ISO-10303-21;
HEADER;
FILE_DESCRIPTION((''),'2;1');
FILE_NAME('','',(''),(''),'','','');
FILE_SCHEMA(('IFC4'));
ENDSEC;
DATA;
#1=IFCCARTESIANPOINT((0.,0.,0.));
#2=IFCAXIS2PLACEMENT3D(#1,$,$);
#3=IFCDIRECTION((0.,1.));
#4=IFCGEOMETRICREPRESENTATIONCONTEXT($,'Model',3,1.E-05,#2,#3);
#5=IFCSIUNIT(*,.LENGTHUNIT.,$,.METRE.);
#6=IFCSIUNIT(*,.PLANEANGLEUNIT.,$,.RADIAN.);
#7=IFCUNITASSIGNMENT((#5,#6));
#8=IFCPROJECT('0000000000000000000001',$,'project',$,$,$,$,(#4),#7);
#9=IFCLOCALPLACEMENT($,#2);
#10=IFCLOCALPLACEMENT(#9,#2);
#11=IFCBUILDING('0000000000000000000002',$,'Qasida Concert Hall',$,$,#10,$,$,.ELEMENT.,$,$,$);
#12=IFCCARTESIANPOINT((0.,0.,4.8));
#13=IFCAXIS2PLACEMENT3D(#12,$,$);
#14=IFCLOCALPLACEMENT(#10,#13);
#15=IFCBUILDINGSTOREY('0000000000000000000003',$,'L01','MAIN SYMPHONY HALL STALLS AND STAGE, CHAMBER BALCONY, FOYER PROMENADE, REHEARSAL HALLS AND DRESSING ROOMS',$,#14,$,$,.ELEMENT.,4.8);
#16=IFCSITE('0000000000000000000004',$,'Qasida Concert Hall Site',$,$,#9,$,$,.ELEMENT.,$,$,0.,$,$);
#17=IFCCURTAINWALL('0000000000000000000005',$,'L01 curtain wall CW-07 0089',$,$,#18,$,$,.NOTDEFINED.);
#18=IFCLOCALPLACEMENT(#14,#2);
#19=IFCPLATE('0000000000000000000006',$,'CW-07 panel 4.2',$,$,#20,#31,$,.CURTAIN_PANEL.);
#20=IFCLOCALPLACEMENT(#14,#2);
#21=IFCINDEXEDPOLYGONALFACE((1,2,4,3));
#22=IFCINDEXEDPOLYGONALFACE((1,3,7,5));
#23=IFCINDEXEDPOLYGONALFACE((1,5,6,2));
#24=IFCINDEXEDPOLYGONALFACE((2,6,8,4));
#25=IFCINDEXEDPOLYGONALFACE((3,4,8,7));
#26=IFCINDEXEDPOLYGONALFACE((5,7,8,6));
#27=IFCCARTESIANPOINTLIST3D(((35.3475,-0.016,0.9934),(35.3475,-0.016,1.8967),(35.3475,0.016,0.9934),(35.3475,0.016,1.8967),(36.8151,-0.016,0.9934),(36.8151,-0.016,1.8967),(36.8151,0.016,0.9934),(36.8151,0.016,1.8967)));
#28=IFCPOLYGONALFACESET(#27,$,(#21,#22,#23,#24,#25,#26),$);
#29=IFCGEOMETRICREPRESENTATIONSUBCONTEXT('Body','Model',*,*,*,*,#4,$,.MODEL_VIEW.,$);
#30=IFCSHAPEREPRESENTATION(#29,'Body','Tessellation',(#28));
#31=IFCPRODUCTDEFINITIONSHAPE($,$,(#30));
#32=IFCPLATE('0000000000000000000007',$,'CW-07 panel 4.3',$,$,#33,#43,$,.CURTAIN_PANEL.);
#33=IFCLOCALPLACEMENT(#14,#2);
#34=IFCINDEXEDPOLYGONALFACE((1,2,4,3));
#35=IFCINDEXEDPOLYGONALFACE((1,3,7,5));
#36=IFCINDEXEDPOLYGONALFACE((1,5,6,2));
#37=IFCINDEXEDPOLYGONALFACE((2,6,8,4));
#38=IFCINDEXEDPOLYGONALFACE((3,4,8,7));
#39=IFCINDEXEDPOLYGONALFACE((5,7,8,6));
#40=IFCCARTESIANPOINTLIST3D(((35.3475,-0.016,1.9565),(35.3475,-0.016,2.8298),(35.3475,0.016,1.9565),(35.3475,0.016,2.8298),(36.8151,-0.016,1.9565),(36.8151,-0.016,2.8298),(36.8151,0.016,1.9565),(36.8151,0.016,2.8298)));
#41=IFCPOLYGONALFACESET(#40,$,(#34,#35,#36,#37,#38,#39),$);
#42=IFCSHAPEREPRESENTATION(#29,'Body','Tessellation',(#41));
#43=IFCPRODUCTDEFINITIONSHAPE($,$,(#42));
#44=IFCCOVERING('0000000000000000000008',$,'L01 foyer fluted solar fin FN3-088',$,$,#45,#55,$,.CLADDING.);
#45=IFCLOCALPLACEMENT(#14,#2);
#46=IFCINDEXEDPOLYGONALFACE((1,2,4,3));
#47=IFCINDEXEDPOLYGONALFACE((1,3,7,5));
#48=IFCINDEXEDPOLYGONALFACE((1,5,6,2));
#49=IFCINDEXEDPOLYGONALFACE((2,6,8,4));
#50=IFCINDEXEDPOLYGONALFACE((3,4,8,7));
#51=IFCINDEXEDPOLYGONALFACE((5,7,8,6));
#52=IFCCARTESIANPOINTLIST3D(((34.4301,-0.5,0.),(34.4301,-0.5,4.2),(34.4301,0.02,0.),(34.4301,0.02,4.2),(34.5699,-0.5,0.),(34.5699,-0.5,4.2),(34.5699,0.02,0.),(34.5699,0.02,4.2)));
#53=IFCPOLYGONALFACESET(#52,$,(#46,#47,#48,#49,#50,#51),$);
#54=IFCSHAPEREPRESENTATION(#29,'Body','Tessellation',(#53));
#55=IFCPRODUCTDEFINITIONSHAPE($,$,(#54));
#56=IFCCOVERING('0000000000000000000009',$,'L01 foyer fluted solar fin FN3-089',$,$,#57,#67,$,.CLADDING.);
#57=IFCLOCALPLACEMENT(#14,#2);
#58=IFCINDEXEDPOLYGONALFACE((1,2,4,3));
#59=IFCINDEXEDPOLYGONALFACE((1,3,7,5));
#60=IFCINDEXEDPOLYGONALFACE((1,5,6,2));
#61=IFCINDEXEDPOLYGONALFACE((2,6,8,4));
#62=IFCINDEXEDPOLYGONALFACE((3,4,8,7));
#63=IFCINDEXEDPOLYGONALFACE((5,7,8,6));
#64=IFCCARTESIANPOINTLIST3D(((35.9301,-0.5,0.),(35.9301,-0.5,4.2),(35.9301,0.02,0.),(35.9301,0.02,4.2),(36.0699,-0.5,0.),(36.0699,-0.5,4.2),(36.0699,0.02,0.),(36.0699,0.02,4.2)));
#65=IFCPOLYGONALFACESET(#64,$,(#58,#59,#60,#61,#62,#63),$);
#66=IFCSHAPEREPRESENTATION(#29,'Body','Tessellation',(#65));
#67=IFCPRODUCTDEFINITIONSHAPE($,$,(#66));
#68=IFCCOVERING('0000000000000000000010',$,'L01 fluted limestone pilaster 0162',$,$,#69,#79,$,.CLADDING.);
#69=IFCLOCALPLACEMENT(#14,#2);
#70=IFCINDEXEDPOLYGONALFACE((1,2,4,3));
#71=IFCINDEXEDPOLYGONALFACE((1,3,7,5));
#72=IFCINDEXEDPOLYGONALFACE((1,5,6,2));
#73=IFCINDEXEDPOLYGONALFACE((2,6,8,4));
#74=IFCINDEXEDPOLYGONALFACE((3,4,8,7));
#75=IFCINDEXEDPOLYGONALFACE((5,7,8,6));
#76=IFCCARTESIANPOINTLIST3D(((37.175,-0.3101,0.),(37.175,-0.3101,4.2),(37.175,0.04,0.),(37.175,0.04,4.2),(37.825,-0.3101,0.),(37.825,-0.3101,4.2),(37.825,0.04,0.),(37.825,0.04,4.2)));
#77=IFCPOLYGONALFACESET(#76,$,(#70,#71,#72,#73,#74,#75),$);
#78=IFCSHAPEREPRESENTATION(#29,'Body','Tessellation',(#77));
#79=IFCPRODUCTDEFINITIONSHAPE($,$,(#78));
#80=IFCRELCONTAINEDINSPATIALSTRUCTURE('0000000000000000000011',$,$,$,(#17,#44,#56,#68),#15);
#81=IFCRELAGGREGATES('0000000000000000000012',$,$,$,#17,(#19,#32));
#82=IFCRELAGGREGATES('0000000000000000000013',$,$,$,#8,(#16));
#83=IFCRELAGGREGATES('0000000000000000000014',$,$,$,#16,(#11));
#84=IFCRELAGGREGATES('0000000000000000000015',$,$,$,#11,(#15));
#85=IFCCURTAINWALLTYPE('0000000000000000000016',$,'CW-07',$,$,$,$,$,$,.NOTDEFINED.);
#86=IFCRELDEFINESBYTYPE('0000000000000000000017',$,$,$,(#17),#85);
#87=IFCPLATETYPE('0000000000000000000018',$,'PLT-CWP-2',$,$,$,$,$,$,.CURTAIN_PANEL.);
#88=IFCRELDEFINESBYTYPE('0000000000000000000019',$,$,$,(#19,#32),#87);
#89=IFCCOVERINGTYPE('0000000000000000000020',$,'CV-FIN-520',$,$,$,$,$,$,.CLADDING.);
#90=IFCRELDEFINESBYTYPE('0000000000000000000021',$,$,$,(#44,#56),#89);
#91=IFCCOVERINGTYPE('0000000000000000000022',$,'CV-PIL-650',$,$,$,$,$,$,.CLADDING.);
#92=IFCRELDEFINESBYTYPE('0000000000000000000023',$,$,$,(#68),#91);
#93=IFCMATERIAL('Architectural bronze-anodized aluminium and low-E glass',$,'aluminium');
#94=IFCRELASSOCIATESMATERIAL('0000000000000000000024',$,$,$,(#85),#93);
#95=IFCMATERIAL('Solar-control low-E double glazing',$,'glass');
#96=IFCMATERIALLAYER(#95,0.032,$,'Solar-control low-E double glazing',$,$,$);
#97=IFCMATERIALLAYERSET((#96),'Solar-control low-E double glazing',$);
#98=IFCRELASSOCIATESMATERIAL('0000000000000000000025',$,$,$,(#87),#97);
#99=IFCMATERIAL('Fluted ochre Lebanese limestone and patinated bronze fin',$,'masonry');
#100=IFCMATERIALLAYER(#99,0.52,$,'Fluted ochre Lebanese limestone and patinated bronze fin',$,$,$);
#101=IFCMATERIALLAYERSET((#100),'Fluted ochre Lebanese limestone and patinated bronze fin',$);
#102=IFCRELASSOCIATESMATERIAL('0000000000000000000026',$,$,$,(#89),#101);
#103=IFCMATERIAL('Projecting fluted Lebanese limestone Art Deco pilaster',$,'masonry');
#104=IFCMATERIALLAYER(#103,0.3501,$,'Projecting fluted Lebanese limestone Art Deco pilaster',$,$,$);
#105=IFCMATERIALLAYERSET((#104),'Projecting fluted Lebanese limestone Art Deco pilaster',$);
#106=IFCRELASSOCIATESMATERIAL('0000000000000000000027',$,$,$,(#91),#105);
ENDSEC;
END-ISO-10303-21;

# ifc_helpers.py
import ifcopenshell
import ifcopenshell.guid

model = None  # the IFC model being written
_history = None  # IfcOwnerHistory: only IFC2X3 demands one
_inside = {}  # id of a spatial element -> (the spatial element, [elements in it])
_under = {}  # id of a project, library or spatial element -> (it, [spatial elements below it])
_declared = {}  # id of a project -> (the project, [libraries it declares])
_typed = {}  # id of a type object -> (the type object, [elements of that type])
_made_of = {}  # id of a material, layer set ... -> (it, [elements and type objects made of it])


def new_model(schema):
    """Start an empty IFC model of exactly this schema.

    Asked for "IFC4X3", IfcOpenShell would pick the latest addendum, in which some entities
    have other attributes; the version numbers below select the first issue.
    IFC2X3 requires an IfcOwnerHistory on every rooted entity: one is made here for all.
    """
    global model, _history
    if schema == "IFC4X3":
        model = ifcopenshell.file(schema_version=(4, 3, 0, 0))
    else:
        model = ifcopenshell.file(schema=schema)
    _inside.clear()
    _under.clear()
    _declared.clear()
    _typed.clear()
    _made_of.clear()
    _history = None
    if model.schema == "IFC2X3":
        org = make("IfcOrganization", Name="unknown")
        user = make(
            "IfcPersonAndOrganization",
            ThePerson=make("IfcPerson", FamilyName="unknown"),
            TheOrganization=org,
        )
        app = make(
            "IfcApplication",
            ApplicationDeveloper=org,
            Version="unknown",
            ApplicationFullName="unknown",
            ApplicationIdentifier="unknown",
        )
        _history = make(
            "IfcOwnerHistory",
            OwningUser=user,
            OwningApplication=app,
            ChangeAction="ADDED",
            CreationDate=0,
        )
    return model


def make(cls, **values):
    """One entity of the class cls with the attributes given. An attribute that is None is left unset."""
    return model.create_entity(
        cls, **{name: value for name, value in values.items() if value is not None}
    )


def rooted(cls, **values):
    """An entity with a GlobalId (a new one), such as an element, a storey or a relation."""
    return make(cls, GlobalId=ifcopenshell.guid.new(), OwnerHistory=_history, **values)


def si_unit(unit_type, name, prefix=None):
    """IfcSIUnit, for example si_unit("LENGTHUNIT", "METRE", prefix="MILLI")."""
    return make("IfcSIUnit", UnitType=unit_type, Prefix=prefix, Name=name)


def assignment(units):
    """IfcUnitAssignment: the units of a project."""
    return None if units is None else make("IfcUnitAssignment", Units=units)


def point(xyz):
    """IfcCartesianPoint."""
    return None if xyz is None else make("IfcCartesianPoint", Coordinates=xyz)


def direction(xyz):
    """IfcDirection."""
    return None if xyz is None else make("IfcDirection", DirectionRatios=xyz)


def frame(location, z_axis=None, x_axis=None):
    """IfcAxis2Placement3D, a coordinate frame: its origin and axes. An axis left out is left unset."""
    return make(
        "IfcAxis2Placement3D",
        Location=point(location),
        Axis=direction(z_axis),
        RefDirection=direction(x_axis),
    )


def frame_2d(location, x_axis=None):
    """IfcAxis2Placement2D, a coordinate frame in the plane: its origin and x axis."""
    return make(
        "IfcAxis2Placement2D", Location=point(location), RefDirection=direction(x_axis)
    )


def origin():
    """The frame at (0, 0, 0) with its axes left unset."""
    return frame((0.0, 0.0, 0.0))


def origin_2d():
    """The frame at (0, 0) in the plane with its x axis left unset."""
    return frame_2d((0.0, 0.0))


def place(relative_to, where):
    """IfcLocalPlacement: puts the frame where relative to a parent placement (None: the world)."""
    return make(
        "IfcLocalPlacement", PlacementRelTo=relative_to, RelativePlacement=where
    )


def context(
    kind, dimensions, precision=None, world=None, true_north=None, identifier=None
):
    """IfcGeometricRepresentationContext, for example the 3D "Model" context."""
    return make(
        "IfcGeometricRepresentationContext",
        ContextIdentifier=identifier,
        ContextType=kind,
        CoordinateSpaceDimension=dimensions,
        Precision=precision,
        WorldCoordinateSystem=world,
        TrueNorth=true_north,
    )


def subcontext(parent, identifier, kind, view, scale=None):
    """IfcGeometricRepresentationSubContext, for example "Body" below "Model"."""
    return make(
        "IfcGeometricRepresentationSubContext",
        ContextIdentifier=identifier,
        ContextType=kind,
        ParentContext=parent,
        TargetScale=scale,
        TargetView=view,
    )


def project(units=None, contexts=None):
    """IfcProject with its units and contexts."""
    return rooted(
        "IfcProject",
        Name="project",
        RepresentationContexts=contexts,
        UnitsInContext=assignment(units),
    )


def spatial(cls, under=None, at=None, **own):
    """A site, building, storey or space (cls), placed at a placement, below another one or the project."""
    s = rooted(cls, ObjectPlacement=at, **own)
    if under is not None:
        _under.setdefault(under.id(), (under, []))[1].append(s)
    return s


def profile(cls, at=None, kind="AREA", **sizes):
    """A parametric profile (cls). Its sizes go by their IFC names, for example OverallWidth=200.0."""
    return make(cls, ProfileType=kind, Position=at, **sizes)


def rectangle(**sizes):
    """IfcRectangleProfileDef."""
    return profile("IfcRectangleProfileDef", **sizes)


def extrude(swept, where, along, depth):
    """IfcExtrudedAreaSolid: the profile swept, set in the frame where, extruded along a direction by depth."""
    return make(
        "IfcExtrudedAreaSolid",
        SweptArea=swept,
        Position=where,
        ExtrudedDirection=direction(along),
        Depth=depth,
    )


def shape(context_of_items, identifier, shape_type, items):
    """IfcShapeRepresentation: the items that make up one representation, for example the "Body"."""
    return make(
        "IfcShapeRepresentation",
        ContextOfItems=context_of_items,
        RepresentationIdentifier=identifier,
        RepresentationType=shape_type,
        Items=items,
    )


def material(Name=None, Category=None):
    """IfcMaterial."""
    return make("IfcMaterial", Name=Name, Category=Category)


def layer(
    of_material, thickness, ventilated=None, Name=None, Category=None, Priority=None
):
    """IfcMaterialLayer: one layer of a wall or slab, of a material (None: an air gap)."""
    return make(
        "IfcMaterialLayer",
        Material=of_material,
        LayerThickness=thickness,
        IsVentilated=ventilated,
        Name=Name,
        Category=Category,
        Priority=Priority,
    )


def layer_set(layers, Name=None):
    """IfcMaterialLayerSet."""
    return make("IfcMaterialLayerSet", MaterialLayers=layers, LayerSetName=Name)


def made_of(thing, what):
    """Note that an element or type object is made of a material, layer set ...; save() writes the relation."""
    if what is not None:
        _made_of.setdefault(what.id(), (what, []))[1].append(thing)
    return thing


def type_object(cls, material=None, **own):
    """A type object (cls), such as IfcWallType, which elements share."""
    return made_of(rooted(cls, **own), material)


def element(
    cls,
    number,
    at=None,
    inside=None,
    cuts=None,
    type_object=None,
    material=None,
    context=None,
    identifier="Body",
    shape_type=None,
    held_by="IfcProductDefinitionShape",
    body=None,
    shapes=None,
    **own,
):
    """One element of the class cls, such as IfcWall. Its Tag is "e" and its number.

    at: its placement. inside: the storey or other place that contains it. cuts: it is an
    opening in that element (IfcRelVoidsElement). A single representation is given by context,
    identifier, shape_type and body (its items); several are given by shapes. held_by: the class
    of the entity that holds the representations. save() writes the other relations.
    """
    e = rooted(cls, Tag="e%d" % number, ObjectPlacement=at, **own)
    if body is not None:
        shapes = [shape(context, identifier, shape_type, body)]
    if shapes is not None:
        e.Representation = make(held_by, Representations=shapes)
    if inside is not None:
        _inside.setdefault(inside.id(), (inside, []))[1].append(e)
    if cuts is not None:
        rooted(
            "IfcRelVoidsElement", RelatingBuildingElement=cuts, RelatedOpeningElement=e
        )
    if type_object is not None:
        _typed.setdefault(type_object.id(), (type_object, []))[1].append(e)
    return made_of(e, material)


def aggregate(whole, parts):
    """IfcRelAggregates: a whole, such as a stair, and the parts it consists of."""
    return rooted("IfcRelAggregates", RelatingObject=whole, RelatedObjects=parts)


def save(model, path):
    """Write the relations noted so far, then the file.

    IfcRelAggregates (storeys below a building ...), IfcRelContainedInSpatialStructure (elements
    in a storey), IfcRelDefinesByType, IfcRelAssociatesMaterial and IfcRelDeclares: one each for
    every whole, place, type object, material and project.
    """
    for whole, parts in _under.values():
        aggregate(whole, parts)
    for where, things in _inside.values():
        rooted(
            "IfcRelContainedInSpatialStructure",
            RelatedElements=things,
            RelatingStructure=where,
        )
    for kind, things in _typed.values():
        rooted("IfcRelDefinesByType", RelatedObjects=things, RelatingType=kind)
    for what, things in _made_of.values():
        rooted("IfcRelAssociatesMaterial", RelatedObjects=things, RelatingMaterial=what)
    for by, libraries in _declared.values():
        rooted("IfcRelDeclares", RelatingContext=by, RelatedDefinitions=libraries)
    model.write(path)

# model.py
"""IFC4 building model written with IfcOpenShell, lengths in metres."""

from ifc_helpers import new_model, si_unit, direction, frame, origin, origin_2d, place, context, subcontext, project, spatial, rectangle, extrude, material, layer, layer_set, type_object, element, aggregate, save


model = new_model("IFC4")

# Units and contexts
model_context = context("Model", 3, precision=1e-05, world=origin(), true_north=direction((0.0, 1.0)))
body_context = subcontext(model_context, "Body", "Model", "MODEL_VIEW")
ifc_project = project(units=[si_unit("LENGTHUNIT", "METRE"), si_unit("PLANEANGLEUNIT", "RADIAN")], contexts=[model_context])

# Site, building, storey
site_placement = place(None, origin())
site = spatial("IfcSite", under=ifc_project, at=site_placement, Name="Qasida Concert Hall Site", CompositionType="ELEMENT", RefElevation=0.0)
building_placement = place(site_placement, origin())
building = spatial("IfcBuilding", under=site, at=building_placement, Name="Qasida Concert Hall", CompositionType="ELEMENT")
storey_placement = place(building_placement, frame((0.0, 0.0, 4.8)))
storey = spatial("IfcBuildingStorey", under=building, at=storey_placement, Name="L01", Description="MAIN SYMPHONY HALL STALLS AND STAGE, CHAMBER BALCONY, FOYER PROMENADE, REHEARSAL HALLS AND DRESSING ROOMS", CompositionType="ELEMENT", Elevation=4.8)

# Curtain wall
ifc_material_1 = material(Name="Architectural bronze-anodized aluminium and low-E glass", Category="aluminium")
curtain_wall_type = type_object("IfcCurtainWallType", Name="CW-07", PredefinedType="NOTDEFINED", material=ifc_material_1)
curtain_wall_1_placement = place(storey_placement, origin())
curtain_wall_1 = element("IfcCurtainWall", 1, at=curtain_wall_1_placement, inside=storey, type_object=curtain_wall_type, Name="L01 curtain wall CW-07 0089", PredefinedType="NOTDEFINED")

# Plates
ifc_material_2 = material(Name="Solar-control low-E double glazing", Category="glass")
ifc_layer_1 = layer(ifc_material_2, 0.032, Name="Solar-control low-E double glazing")
ifc_layer_set_1 = layer_set([ifc_layer_1], Name="Solar-control low-E double glazing")
plate_type = type_object("IfcPlateType", Name="PLT-CWP-2", PredefinedType="CURTAIN_PANEL", material=ifc_layer_set_1)
plate_1_placement = place(storey_placement, frame((36.0813, 0.0, 0.9934), z_axis=(0.0, 0.0, 1.0), x_axis=(1.0, 0.0, 0.0)))
plate_1 = element("IfcPlate", 2, at=plate_1_placement, type_object=plate_type, Name="CW-07 panel 4.2", PredefinedType="CURTAIN_PANEL", context=body_context, shape_type="SweptSolid", body=[
    extrude(rectangle(XDim=1.4675, YDim=0.032, at=origin_2d()), origin(), (0.0, 0.0, 1.0), 0.9033),
])
plate_2_placement = place(storey_placement, frame((36.0813, 0.0, 1.9565), z_axis=(0.0, 0.0, 1.0), x_axis=(1.0, 0.0, 0.0)))
plate_2 = element("IfcPlate", 3, at=plate_2_placement, type_object=plate_type, Name="CW-07 panel 4.3", PredefinedType="CURTAIN_PANEL", context=body_context, shape_type="SweptSolid", body=[
    extrude(rectangle(XDim=1.4675, YDim=0.032, at=origin_2d()), origin(), (0.0, 0.0, 1.0), 0.8733),
])
aggregate(curtain_wall_1, [plate_1, plate_2])

# Coverings
ifc_material_3 = material(Name="Fluted ochre Lebanese limestone and patinated bronze fin", Category="masonry")
ifc_layer_2 = layer(ifc_material_3, 0.52, Name="Fluted ochre Lebanese limestone and patinated bronze fin")
ifc_layer_set_2 = layer_set([ifc_layer_2], Name="Fluted ochre Lebanese limestone and patinated bronze fin")
covering_type_1 = type_object("IfcCoveringType", Name="CV-FIN-520", PredefinedType="CLADDING", material=ifc_layer_set_2)
for number, where, z_axis, x_axis, name in (
    (4, (34.5, -0.24, 0.0), (0.0, 0.0, 1.0), (1.0, 0.0, 0.0), "L01 foyer fluted solar fin FN3-088"),
    (5, (36.0, -0.24, 0.0), (0.0, 0.0, 1.0), (1.0, 0.0, 0.0), "L01 foyer fluted solar fin FN3-089"),
):
    element("IfcCovering", number, at=place(storey_placement, frame(where, z_axis=z_axis, x_axis=x_axis)), inside=storey, type_object=covering_type_1, Name=name, PredefinedType="CLADDING", context=body_context, shape_type="SweptSolid", body=[
        extrude(rectangle(XDim=0.1399, YDim=0.52, at=origin_2d()), origin(), (0.0, 0.0, 1.0), 4.2),
    ])
ifc_material_4 = material(Name="Projecting fluted Lebanese limestone Art Deco pilaster", Category="masonry")
ifc_layer_3 = layer(ifc_material_4, 0.3501, Name="Projecting fluted Lebanese limestone Art Deco pilaster")
ifc_layer_set_3 = layer_set([ifc_layer_3], Name="Projecting fluted Lebanese limestone Art Deco pilaster")
covering_type_2 = type_object("IfcCoveringType", Name="CV-PIL-650", PredefinedType="CLADDING", material=ifc_layer_set_3)
covering_placement = place(storey_placement, frame((37.5, -0.135, 0.0), z_axis=(0.0, 0.0, 1.0), x_axis=(1.0, 0.0, 0.0)))
element("IfcCovering", 6, at=covering_placement, inside=storey, type_object=covering_type_2, Name="L01 fluted limestone pilaster 0162", PredefinedType="CLADDING", context=body_context, shape_type="SweptSolid", body=[
    extrude(rectangle(XDim=0.6499, YDim=0.3501, at=origin_2d()), origin(), (0.0, 0.0, 1.0), 4.2),
])

save(model, "model.ifc")
